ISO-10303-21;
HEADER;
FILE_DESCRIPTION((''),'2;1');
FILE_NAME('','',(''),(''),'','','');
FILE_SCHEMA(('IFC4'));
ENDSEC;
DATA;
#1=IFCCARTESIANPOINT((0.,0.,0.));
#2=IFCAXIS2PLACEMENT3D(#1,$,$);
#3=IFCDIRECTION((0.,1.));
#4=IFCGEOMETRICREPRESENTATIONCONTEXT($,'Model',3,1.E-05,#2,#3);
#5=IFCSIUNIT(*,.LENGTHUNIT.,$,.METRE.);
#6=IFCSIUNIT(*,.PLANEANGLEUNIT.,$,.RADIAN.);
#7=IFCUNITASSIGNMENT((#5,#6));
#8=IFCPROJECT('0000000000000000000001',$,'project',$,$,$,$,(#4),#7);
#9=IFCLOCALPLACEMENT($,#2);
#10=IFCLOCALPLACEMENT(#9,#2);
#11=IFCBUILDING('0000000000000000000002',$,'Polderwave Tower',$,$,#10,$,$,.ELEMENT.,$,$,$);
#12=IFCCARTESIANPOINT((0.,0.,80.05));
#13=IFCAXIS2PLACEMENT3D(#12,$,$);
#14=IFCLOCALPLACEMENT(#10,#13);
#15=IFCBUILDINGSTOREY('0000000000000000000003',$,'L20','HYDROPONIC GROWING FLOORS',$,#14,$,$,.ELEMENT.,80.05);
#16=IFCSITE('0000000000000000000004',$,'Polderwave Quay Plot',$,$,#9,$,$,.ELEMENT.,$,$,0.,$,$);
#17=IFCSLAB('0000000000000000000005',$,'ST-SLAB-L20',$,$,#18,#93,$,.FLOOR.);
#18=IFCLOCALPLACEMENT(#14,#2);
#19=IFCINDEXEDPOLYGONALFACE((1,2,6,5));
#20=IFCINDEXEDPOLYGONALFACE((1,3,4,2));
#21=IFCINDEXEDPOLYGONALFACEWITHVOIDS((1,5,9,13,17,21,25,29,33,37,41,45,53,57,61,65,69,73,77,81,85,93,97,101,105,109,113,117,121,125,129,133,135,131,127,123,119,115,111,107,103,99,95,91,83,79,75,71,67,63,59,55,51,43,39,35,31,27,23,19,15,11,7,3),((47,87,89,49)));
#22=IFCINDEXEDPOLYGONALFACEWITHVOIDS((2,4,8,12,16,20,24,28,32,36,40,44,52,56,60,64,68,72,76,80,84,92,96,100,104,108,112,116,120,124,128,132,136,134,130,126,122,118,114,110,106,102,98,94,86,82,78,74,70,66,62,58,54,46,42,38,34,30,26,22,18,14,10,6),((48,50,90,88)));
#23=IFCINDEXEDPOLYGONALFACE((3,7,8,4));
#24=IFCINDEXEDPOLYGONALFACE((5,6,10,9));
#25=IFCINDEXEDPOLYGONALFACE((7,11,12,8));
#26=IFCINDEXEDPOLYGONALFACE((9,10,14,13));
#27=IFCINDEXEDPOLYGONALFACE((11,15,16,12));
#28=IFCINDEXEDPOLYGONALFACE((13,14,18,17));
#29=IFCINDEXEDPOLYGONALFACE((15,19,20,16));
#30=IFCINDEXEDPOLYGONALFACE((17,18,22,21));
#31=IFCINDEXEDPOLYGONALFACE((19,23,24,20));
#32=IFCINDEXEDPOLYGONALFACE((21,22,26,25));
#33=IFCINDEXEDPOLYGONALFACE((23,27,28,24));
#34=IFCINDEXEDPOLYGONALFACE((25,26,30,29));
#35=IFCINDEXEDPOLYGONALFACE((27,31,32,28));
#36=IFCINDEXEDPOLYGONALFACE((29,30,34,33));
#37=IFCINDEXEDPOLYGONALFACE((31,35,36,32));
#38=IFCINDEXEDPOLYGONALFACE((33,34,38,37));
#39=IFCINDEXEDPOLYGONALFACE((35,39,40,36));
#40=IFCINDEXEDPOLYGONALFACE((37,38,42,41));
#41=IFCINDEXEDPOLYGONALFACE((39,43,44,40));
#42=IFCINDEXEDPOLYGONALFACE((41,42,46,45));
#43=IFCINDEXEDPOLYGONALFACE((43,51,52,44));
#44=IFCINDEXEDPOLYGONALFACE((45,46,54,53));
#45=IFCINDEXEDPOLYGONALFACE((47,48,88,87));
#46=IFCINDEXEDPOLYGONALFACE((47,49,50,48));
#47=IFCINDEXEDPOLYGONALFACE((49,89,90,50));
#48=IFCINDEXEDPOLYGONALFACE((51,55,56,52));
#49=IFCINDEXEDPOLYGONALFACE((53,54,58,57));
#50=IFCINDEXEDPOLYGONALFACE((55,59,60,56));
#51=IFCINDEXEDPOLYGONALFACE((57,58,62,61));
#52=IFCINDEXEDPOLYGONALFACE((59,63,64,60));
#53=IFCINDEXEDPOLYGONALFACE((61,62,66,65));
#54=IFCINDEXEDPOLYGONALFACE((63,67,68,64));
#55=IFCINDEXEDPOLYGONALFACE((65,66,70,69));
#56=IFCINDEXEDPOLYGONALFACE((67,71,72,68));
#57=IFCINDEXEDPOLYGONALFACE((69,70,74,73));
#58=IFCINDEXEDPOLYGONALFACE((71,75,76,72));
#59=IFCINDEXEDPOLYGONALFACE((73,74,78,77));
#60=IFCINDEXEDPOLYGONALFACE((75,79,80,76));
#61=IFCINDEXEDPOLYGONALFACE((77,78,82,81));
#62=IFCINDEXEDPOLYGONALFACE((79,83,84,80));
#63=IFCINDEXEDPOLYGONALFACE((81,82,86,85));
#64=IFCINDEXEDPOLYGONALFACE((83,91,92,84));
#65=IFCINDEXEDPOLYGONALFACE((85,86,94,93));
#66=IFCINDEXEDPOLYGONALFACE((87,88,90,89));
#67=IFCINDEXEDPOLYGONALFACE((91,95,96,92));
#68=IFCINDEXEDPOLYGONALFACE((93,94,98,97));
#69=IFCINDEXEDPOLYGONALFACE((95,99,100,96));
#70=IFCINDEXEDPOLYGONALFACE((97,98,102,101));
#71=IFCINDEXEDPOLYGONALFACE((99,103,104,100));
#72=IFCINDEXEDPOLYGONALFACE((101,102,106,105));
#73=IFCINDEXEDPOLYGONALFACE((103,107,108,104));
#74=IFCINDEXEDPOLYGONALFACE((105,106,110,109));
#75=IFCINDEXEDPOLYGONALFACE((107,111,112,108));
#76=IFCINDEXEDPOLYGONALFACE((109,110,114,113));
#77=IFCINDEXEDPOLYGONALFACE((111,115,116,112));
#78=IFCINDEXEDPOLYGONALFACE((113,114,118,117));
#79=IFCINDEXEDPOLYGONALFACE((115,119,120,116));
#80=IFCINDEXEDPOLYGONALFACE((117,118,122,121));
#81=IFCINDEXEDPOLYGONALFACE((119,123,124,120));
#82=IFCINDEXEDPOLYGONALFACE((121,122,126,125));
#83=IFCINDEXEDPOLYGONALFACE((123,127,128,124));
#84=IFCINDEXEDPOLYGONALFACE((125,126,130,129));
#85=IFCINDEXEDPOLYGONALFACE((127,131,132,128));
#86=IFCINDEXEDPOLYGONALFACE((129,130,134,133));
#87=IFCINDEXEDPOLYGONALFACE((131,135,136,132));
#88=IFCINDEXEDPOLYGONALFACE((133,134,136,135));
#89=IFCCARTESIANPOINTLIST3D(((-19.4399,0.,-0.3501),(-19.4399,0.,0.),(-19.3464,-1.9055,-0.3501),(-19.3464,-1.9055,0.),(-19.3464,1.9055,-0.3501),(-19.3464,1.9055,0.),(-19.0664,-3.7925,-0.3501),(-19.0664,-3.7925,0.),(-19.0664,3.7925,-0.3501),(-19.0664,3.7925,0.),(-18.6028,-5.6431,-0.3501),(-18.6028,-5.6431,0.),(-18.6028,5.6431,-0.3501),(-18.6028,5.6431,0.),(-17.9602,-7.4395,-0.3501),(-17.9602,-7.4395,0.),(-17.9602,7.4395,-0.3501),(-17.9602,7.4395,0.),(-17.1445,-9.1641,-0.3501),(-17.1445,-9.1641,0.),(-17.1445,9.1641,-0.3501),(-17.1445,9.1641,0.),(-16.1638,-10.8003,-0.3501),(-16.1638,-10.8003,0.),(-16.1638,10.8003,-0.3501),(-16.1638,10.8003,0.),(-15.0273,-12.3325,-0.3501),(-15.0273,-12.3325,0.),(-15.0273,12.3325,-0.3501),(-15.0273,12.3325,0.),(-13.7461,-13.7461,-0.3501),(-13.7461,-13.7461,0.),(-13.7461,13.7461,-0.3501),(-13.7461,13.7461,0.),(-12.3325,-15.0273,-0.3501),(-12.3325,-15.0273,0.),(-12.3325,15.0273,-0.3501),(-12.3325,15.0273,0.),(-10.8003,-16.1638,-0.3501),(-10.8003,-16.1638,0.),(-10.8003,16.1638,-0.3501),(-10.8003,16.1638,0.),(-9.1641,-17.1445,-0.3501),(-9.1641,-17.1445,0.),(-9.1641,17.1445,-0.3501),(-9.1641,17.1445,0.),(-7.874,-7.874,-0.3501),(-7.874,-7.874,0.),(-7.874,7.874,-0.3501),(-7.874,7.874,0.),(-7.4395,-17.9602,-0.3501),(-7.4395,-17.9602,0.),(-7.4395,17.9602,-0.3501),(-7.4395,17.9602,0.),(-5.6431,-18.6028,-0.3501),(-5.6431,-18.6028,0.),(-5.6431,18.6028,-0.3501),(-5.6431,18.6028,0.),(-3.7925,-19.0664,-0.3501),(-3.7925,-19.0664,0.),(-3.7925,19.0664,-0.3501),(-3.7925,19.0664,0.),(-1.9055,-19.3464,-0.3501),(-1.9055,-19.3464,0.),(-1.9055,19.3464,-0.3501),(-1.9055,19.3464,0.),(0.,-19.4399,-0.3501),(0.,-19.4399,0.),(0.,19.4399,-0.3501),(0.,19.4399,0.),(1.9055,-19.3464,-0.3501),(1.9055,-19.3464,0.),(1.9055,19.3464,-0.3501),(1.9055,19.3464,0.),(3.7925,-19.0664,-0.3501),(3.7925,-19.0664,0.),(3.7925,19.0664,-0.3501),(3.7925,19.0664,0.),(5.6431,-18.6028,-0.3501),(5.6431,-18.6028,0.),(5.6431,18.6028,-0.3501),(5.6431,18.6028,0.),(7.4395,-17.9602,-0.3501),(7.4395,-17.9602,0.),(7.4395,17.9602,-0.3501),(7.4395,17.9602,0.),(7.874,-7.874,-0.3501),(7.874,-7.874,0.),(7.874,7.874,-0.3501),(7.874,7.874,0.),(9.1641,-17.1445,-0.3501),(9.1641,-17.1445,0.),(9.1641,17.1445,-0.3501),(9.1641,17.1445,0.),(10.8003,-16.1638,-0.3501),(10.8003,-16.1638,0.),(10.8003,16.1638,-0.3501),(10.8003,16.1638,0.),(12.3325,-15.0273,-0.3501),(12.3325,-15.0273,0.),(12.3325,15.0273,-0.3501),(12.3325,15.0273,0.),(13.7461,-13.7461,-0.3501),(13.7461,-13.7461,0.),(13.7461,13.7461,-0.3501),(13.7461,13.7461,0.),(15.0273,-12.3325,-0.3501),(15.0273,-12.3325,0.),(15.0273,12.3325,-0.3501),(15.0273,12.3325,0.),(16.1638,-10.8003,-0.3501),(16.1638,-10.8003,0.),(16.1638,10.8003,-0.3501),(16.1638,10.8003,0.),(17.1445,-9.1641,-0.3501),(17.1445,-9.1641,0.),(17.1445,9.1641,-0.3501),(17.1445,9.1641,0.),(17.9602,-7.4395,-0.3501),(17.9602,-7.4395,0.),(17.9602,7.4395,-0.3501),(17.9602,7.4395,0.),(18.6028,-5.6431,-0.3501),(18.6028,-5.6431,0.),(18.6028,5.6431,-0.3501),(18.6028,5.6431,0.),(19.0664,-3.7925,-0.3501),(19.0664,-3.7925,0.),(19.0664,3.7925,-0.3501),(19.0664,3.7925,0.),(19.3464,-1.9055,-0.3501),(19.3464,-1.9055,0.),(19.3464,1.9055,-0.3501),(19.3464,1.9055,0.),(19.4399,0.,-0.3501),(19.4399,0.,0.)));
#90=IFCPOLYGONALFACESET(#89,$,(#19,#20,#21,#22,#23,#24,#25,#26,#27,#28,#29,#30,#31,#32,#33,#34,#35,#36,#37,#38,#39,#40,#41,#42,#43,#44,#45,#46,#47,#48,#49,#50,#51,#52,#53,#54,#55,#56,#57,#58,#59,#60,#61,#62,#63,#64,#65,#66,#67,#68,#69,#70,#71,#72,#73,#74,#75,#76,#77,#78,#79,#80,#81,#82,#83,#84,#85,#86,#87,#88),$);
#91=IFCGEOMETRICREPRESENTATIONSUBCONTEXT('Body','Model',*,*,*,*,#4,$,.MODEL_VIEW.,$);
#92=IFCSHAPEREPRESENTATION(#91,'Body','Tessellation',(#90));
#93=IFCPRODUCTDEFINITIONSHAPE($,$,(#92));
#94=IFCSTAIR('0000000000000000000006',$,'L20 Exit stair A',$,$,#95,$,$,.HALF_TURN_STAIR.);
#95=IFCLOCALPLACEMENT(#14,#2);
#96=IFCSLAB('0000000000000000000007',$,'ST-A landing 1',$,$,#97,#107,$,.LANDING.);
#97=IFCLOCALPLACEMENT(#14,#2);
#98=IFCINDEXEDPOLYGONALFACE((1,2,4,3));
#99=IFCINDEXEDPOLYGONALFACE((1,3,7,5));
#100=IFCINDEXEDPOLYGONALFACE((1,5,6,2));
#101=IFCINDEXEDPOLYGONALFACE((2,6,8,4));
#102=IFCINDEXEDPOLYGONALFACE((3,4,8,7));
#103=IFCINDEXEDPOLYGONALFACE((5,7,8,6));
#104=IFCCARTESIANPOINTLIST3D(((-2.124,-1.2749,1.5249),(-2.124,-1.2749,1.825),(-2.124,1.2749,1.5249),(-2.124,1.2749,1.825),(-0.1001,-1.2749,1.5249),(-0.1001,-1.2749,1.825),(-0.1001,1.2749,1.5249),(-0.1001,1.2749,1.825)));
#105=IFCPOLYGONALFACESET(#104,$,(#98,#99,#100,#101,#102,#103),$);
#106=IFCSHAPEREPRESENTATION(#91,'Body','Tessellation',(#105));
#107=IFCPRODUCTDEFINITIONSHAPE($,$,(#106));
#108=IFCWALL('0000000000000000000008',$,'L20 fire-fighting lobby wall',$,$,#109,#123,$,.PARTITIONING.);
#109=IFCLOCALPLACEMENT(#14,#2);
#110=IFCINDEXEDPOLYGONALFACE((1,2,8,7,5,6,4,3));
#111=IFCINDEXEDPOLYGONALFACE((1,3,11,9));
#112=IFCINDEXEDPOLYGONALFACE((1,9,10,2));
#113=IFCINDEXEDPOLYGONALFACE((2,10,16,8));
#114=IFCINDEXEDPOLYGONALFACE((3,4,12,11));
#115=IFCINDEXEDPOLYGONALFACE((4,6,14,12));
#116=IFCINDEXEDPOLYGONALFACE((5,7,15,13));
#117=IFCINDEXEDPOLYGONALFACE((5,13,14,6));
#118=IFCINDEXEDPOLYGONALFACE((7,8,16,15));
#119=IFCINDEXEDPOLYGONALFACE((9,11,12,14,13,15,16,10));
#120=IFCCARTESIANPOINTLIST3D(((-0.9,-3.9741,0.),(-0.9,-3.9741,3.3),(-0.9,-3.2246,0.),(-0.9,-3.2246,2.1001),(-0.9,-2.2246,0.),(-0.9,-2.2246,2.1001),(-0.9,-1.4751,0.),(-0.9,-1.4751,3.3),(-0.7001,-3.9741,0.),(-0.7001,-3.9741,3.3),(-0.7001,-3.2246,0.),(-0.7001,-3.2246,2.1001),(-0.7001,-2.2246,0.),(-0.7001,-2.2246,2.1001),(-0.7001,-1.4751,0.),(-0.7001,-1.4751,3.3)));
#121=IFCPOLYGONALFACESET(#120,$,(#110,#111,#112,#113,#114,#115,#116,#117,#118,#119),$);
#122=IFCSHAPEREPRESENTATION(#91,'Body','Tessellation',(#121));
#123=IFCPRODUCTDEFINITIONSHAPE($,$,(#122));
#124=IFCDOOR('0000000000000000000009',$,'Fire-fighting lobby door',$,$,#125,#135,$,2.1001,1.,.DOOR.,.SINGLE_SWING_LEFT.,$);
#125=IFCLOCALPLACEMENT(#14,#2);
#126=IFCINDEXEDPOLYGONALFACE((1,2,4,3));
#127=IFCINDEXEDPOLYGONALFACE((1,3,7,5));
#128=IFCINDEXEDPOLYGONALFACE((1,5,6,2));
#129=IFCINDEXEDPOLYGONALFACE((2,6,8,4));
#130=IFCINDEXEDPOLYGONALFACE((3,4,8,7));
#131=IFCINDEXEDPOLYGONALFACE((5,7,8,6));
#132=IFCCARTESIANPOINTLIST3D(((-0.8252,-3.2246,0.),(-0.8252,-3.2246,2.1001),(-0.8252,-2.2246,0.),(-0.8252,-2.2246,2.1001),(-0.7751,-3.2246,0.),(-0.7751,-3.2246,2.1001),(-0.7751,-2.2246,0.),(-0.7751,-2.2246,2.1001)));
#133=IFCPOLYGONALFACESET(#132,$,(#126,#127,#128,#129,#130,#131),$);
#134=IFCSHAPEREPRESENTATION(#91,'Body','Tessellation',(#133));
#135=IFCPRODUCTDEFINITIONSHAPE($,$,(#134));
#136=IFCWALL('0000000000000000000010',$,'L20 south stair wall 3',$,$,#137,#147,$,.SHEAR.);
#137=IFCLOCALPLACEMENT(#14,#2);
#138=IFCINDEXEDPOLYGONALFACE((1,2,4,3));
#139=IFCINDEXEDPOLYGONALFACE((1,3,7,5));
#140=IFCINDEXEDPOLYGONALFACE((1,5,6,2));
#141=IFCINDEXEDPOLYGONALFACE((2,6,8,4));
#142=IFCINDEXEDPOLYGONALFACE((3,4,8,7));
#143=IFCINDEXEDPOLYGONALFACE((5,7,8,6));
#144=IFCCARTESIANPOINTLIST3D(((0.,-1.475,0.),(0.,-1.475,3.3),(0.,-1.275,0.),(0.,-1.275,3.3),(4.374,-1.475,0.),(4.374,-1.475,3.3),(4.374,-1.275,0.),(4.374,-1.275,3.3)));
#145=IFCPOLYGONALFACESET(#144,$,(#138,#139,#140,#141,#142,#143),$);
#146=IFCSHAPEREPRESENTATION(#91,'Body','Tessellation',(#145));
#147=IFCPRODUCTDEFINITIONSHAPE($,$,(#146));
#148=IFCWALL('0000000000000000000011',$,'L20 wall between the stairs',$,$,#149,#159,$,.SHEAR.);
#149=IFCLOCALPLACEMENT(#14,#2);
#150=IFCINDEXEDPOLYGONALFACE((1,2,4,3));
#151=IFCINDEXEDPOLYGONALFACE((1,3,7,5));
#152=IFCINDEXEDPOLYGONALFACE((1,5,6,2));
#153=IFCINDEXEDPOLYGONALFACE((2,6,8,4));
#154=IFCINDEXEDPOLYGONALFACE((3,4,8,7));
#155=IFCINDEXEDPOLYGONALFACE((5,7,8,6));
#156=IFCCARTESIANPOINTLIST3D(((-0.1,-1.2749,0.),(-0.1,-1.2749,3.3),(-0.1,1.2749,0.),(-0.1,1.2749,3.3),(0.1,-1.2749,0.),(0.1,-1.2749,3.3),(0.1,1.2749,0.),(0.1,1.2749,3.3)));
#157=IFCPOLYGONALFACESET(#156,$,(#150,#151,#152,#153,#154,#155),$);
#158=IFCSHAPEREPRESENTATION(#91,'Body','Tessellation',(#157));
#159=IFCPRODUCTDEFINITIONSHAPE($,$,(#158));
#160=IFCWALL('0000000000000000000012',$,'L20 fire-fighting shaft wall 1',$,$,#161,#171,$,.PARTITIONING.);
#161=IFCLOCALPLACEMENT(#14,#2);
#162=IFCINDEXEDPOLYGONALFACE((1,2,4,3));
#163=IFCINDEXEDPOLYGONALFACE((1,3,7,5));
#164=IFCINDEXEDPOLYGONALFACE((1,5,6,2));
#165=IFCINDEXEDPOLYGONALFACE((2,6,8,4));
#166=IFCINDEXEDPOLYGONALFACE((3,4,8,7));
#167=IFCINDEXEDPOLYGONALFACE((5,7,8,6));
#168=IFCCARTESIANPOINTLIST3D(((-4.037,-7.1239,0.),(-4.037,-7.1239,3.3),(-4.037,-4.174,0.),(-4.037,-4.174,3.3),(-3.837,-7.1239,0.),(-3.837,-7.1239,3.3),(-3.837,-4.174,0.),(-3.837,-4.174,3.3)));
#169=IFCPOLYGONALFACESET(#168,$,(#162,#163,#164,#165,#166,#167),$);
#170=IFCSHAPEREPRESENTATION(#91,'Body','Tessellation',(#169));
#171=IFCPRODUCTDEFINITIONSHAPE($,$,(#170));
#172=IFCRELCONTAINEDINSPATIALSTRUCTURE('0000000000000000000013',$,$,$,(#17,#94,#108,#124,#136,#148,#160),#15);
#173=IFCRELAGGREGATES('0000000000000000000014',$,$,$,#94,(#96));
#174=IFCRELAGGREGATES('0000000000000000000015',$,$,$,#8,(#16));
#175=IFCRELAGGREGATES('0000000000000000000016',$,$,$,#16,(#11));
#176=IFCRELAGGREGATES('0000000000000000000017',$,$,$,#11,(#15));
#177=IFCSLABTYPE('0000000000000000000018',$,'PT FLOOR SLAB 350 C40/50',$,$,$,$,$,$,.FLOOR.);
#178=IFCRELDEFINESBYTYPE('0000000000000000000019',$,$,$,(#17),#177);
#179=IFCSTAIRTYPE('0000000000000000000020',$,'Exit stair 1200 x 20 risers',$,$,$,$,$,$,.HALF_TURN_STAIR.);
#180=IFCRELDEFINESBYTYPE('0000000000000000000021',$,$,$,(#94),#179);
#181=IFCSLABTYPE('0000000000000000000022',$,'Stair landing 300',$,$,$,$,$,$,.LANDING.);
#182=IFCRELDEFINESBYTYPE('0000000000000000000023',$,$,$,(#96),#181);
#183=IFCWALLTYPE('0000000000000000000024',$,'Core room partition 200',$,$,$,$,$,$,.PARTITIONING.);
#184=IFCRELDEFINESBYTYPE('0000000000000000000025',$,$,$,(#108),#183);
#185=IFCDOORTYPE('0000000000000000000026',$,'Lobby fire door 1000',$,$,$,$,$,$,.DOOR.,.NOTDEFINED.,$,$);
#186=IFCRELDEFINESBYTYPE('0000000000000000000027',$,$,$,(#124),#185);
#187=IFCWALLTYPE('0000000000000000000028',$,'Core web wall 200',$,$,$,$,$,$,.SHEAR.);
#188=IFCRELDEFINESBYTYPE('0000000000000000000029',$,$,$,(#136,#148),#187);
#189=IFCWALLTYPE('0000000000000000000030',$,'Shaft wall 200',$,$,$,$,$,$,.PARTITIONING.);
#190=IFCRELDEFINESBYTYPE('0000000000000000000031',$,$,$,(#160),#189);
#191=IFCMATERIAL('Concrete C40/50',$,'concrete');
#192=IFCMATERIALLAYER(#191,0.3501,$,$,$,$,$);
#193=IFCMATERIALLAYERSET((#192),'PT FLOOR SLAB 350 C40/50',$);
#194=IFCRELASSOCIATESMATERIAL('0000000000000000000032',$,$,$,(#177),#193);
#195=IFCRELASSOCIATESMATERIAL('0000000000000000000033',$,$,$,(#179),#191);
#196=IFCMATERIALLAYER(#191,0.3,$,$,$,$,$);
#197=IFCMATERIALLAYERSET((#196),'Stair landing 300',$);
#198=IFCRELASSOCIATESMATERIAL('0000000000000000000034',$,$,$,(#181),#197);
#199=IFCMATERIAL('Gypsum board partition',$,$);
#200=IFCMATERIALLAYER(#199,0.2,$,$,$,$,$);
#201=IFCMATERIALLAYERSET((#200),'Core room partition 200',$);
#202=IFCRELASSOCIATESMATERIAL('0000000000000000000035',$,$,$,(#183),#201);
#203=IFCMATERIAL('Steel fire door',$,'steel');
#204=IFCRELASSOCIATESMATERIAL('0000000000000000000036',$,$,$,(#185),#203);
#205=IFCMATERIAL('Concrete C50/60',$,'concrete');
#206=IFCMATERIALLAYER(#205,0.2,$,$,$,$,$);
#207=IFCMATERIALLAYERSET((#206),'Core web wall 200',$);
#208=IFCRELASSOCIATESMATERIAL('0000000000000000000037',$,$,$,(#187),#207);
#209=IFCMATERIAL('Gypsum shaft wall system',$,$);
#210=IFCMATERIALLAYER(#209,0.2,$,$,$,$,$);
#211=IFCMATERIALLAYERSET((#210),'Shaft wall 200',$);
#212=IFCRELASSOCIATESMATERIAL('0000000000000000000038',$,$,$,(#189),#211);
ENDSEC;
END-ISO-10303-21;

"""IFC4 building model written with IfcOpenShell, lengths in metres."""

from ifc_helpers import new_model, si_unit, direction, frame, frame_2d, origin, place, context, subcontext, project, spatial, polyline, rectangle, outline, extrude, material, layer, layer_set, type_object, element, fill, aggregate, save


model = new_model("IFC4")

# Units and contexts
model_context = context("Model", 3, precision=1e-05, world=origin(), true_north=direction((0.0, 1.0)))
body_context = subcontext(model_context, "Body", "Model", "MODEL_VIEW")
ifc_project = project(units=[si_unit("LENGTHUNIT", "METRE"), si_unit("PLANEANGLEUNIT", "RADIAN")], contexts=[model_context])

# Site, building, storey
site_placement = place(None, origin())
site = spatial("IfcSite", under=ifc_project, at=site_placement, Name="Polderwave Quay Plot", CompositionType="ELEMENT", RefElevation=0.0)
building_placement = place(site_placement, origin())
building = spatial("IfcBuilding", under=site, at=building_placement, Name="Polderwave Tower", CompositionType="ELEMENT")
storey_placement = place(building_placement, frame((0.0, 0.0, 80.05)))
storey = spatial("IfcBuildingStorey", under=building, at=storey_placement, Name="L20", Description="HYDROPONIC GROWING FLOORS", CompositionType="ELEMENT", Elevation=80.05)

# Slab
ifc_material_1 = material(Name="Concrete C40/50", Category="concrete")
ifc_layer_1 = layer(ifc_material_1, 0.3501)
ifc_layer_set_1 = layer_set([ifc_layer_1], Name="PT FLOOR SLAB 350 C40/50")
slab_type_1 = type_object("IfcSlabType", Name="PT FLOOR SLAB 350 C40/50", PredefinedType="FLOOR", material=ifc_layer_set_1)
slab_1_placement = place(storey_placement, frame((0.0, 0.0, -0.3501)))
element("IfcSlab", 1, at=slab_1_placement, inside=storey, type_object=slab_type_1, Name="ST-SLAB-L20", PredefinedType="FLOOR", context=body_context, shape_type="SweptSolid", body=[
    extrude(outline(polyline([(19.4399, 0.0), (19.3464, 1.9055), (19.0664, 3.7925), (18.6028, 5.6431), (17.9602, 7.4395), (17.1445, 9.1641), (16.1638, 10.8003), (15.0273, 12.3325), (13.7461, 13.7461), (12.3325, 15.0273), (10.8003, 16.1638), (9.1641, 17.1445), (7.4395, 17.9602), (5.6431, 18.6028), (3.7925, 19.0664), (1.9055, 19.3464), (0.0, 19.4399), (-1.9055, 19.3464), (-3.7925, 19.0664), (-5.6431, 18.6028), (-7.4395, 17.9602), (-9.1641, 17.1445), (-10.8003, 16.1638), (-12.3325, 15.0273), (-13.7461, 13.7461), (-15.0273, 12.3325), (-16.1638, 10.8003), (-17.1445, 9.1641), (-17.9602, 7.4395), (-18.6028, 5.6431), (-19.0664, 3.7925), (-19.3464, 1.9055), (-19.4399, 0.0), (-19.3464, -1.9055), (-19.0664, -3.7925), (-18.6028, -5.6431), (-17.9602, -7.4395), (-17.1445, -9.1641), (-16.1638, -10.8003), (-15.0273, -12.3325), (-13.7461, -13.7461), (-12.3325, -15.0273), (-10.8003, -16.1638), (-9.1641, -17.1445), (-7.4395, -17.9602), (-5.6431, -18.6028), (-3.7925, -19.0664), (-1.9055, -19.3464), (0.0, -19.4399), (1.9055, -19.3464), (3.7925, -19.0664), (5.6431, -18.6028), (7.4395, -17.9602), (9.1641, -17.1445), (10.8003, -16.1638), (12.3325, -15.0273), (13.7461, -13.7461), (15.0273, -12.3325), (16.1638, -10.8003), (17.1445, -9.1641), (17.9602, -7.4395), (18.6028, -5.6431), (19.0664, -3.7925), (19.3464, -1.9055), (19.4399, 0.0)]), holes=[polyline([(-7.874, -7.874), (7.874, -7.874), (7.874, 7.874), (-7.874, 7.874), (-7.874, -7.874)])]), origin(), (0.0, 0.0, 1.0), 0.3501),
])

# Stair, slab
stair_type = type_object("IfcStairType", Name="Exit stair 1200 x 20 risers", PredefinedType="HALF_TURN_STAIR", material=ifc_material_1)
stair_placement = place(storey_placement, origin())
stair = element("IfcStair", 2, at=stair_placement, inside=storey, type_object=stair_type, Name="L20 Exit stair A", PredefinedType="HALF_TURN_STAIR")
ifc_layer_2 = layer(ifc_material_1, 0.3)
ifc_layer_set_2 = layer_set([ifc_layer_2], Name="Stair landing 300")
slab_type_2 = type_object("IfcSlabType", Name="Stair landing 300", PredefinedType="LANDING", material=ifc_layer_set_2)
slab_2_placement = place(storey_placement, frame((0.0, 0.0, 1.5249)))
slab_2 = element("IfcSlab", 3, at=slab_2_placement, type_object=slab_type_2, Name="ST-A landing 1", PredefinedType="LANDING", context=body_context, shape_type="SweptSolid", body=[
    extrude(outline(polyline([(-2.124, -1.2749), (-0.1001, -1.2749), (-0.1001, 1.2749), (-2.124, 1.2749), (-2.124, -1.2749)])), origin(), (0.0, 0.0, 1.0), 0.3),
])

# Wall, opening, door
ifc_material_2 = material(Name="Gypsum board partition")
ifc_layer_3 = layer(ifc_material_2, 0.2)
ifc_layer_set_3 = layer_set([ifc_layer_3], Name="Core room partition 200")
wall_type_1 = type_object("IfcWallType", Name="Core room partition 200", PredefinedType="PARTITIONING", material=ifc_layer_set_3)
wall_1_placement = place(storey_placement, frame((-0.8, -3.9741, 0.0), z_axis=(0.0, 0.0, 1.0), x_axis=(0.0, 1.0, 0.0)))
wall_1 = element("IfcWall", 4, at=wall_1_placement, inside=storey, type_object=wall_type_1, Name="L20 fire-fighting lobby wall", PredefinedType="PARTITIONING", context=body_context, shape_type="SweptSolid", body=[
    extrude(rectangle(XDim=2.499, YDim=0.2, at=frame_2d((1.2495, 0.0))), origin(), (0.0, 0.0, 1.0), 3.3),
])
opening_placement = place(wall_1_placement, frame((0.7495, 0.0, 0.0)))
opening = element("IfcOpeningElement", 5, at=opening_placement, cuts=wall_1, PredefinedType="OPENING", context=body_context, shape_type="SweptSolid", body=[
    extrude(rectangle(XDim=1.0, YDim=2.1001, at=frame_2d((0.5, 1.05))), frame((0.0, 0.1099, 0.0), z_axis=(0.0, -1.0, 0.0), x_axis=(1.0, 0.0, 0.0)), (0.0, 0.0, 1.0), 0.22),
])
ifc_material_3 = material(Name="Steel fire door", Category="steel")
door_type = type_object("IfcDoorType", Name="Lobby fire door 1000", OperationType="NOTDEFINED", PredefinedType="DOOR", material=ifc_material_3)
door_placement = place(opening_placement, frame((1.0, 0.0, 0.0), z_axis=(0.0, 0.0, 1.0), x_axis=(-1.0, 0.0, 0.0)))
door = element("IfcDoor", 6, at=door_placement, inside=storey, type_object=door_type, Name="Fire-fighting lobby door", OperationType="SINGLE_SWING_LEFT", OverallHeight=2.1001, OverallWidth=1.0, PredefinedType="DOOR", context=body_context, shape_type="SweptSolid", body=[
    extrude(rectangle(XDim=1.0, YDim=2.1001, at=frame_2d((0.5, 1.05))), frame((0.0, 0.0249, 0.0), z_axis=(0.0, -1.0, 0.0), x_axis=(1.0, 0.0, 0.0)), (0.0, 0.0, 1.0), 0.05),
])
fill(opening, door)

# Walls
ifc_material_4 = material(Name="Concrete C50/60", Category="concrete")
ifc_layer_4 = layer(ifc_material_4, 0.2)
ifc_layer_set_4 = layer_set([ifc_layer_4], Name="Core web wall 200")
wall_type_2 = type_object("IfcWallType", Name="Core web wall 200", PredefinedType="SHEAR", material=ifc_layer_set_4)
wall_2_placement = place(storey_placement, frame((0.0, -1.375, 0.0), z_axis=(0.0, 0.0, 1.0), x_axis=(1.0, 0.0, 0.0)))
element("IfcWall", 7, at=wall_2_placement, inside=storey, type_object=wall_type_2, Name="L20 south stair wall 3", PredefinedType="SHEAR", context=body_context, shape_type="SweptSolid", body=[
    extrude(rectangle(XDim=4.374, YDim=0.2, at=frame_2d((2.187, 0.0))), origin(), (0.0, 0.0, 1.0), 3.3),
])
wall_3_placement = place(storey_placement, frame((0.0, -1.2749, 0.0), z_axis=(0.0, 0.0, 1.0), x_axis=(0.0, 1.0, 0.0)))
element("IfcWall", 8, at=wall_3_placement, inside=storey, type_object=wall_type_2, Name="L20 wall between the stairs", PredefinedType="SHEAR", context=body_context, shape_type="SweptSolid", body=[
    extrude(rectangle(XDim=2.5498, YDim=0.2, at=frame_2d((1.2749, 0.0))), origin(), (0.0, 0.0, 1.0), 3.3),
])
ifc_material_5 = material(Name="Gypsum shaft wall system")
ifc_layer_5 = layer(ifc_material_5, 0.2)
ifc_layer_set_5 = layer_set([ifc_layer_5], Name="Shaft wall 200")
wall_type_3 = type_object("IfcWallType", Name="Shaft wall 200", PredefinedType="PARTITIONING", material=ifc_layer_set_5)
for number, where, z_axis, x_axis, name in (
    (9, (-3.937, -7.124, 0.0), (0.0, 0.0, 1.0), (0.0, 1.0, 0.0), "L20 fire-fighting shaft wall 1"),
):
    element("IfcWall", number, at=place(storey_placement, frame(where, z_axis=z_axis, x_axis=x_axis)), inside=storey, type_object=wall_type_3, Name=name, PredefinedType="PARTITIONING", context=body_context, shape_type="SweptSolid", body=[
        extrude(rectangle(XDim=2.95, YDim=0.2, at=frame_2d((1.4751, 0.0))), origin(), (0.0, 0.0, 1.0), 3.3),
    ])

aggregate(stair, [slab_2])

save(model, "model.ifc")
